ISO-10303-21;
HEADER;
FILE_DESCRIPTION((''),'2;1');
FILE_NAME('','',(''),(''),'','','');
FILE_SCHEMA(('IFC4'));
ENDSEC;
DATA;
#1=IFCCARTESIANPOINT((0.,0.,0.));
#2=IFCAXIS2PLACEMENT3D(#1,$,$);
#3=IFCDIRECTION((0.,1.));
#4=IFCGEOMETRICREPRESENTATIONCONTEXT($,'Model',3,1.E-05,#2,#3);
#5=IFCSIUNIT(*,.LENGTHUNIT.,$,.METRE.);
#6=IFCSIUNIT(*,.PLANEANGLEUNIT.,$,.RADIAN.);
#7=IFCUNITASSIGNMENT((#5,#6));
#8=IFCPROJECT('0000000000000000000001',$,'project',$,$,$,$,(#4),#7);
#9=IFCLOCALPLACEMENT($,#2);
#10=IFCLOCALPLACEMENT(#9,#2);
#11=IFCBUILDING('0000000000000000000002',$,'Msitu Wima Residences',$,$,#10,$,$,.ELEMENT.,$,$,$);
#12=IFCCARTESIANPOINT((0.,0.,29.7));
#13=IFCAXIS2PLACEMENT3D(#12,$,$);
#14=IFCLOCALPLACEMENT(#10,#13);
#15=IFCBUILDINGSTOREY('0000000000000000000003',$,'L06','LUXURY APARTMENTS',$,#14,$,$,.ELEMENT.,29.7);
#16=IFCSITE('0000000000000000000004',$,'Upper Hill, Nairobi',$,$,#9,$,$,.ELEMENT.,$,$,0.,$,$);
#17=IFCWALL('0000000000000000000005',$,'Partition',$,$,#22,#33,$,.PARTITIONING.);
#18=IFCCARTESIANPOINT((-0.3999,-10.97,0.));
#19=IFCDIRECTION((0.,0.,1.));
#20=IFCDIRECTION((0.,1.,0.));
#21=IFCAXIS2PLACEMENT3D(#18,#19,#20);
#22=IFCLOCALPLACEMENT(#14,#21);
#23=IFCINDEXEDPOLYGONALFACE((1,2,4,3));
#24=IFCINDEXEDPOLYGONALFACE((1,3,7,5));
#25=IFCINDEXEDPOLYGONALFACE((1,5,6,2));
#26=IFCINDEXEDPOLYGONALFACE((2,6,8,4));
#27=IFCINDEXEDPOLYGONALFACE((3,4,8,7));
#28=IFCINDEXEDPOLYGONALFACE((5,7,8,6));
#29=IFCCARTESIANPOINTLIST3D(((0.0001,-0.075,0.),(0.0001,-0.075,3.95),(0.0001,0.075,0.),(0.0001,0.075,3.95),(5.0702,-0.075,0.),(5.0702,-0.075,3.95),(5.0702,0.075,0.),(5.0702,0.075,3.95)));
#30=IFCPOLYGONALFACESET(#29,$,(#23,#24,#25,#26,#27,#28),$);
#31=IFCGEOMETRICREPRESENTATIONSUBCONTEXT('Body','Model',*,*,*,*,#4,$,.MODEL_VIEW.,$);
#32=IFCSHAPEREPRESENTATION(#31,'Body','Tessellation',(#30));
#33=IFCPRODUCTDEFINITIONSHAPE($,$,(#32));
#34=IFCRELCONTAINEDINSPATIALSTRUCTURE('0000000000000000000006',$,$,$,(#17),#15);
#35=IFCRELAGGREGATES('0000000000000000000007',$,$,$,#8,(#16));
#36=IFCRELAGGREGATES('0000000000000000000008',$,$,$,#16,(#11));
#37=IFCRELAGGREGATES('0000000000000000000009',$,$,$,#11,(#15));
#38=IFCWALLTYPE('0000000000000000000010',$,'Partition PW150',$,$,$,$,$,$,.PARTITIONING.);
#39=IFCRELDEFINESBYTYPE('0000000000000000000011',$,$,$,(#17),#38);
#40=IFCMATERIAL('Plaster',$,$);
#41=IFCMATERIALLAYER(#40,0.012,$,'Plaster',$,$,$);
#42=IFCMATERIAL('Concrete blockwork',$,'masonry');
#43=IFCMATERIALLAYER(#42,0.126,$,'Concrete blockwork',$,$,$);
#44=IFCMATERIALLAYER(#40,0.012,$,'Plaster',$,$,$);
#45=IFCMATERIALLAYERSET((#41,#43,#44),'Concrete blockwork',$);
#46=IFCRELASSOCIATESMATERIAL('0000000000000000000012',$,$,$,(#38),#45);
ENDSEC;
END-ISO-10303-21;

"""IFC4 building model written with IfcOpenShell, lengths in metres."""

from ifc_helpers import new_model, si_unit, direction, frame, frame_2d, origin, place, context, subcontext, project, spatial, rectangle, extrude, material, layer, layer_set, type_object, element, save


model = new_model("IFC4")

# Units and contexts
model_context = context("Model", 3, precision=1e-05, world=origin(), true_north=direction((0.0, 1.0)))
body_context = subcontext(model_context, "Body", "Model", "MODEL_VIEW")
ifc_project = project(units=[si_unit("LENGTHUNIT", "METRE"), si_unit("PLANEANGLEUNIT", "RADIAN")], contexts=[model_context])

# Site, building, storey
site_placement = place(None, origin())
site = spatial("IfcSite", under=ifc_project, at=site_placement, Name="Upper Hill, Nairobi", CompositionType="ELEMENT", RefElevation=0.0)
building_placement = place(site_placement, origin())
building = spatial("IfcBuilding", under=site, at=building_placement, Name="Msitu Wima Residences", CompositionType="ELEMENT")
storey_placement = place(building_placement, frame((0.0, 0.0, 29.7)))
storey = spatial("IfcBuildingStorey", under=building, at=storey_placement, Name="L06", Description="LUXURY APARTMENTS", CompositionType="ELEMENT", Elevation=29.7)

# Shared definitions
ifc_material_1 = material(Name="Plaster")
ifc_material_2 = material(Name="Concrete blockwork", Category="masonry")

# Wall
ifc_layer_1 = layer(ifc_material_1, 0.012, Name="Plaster")
ifc_layer_2 = layer(ifc_material_2, 0.126, Name="Concrete blockwork")
ifc_layer_3 = layer(ifc_material_1, 0.012, Name="Plaster")
ifc_layer_set_1 = layer_set([ifc_layer_1, ifc_layer_2, ifc_layer_3], Name="Concrete blockwork")
wall_type_1 = type_object("IfcWallType", Name="Partition PW150", PredefinedType="PARTITIONING", material=ifc_layer_set_1)
wall_1_placement = place(storey_placement, frame((-0.3999, -10.97, 0.0), z_axis=(0.0, 0.0, 1.0), x_axis=(0.0, 1.0, 0.0)))
element("IfcWall", 1, at=wall_1_placement, inside=storey, type_object=wall_type_1, Name="Partition", PredefinedType="PARTITIONING", context=body_context, shape_type="SweptSolid", body=[
    extrude(rectangle(XDim=5.0701, YDim=0.1499, at=frame_2d((2.5352, 0.0))), origin(), (0.0, 0.0, 1.0), 3.95),
])

save(model, "model.ifc")
